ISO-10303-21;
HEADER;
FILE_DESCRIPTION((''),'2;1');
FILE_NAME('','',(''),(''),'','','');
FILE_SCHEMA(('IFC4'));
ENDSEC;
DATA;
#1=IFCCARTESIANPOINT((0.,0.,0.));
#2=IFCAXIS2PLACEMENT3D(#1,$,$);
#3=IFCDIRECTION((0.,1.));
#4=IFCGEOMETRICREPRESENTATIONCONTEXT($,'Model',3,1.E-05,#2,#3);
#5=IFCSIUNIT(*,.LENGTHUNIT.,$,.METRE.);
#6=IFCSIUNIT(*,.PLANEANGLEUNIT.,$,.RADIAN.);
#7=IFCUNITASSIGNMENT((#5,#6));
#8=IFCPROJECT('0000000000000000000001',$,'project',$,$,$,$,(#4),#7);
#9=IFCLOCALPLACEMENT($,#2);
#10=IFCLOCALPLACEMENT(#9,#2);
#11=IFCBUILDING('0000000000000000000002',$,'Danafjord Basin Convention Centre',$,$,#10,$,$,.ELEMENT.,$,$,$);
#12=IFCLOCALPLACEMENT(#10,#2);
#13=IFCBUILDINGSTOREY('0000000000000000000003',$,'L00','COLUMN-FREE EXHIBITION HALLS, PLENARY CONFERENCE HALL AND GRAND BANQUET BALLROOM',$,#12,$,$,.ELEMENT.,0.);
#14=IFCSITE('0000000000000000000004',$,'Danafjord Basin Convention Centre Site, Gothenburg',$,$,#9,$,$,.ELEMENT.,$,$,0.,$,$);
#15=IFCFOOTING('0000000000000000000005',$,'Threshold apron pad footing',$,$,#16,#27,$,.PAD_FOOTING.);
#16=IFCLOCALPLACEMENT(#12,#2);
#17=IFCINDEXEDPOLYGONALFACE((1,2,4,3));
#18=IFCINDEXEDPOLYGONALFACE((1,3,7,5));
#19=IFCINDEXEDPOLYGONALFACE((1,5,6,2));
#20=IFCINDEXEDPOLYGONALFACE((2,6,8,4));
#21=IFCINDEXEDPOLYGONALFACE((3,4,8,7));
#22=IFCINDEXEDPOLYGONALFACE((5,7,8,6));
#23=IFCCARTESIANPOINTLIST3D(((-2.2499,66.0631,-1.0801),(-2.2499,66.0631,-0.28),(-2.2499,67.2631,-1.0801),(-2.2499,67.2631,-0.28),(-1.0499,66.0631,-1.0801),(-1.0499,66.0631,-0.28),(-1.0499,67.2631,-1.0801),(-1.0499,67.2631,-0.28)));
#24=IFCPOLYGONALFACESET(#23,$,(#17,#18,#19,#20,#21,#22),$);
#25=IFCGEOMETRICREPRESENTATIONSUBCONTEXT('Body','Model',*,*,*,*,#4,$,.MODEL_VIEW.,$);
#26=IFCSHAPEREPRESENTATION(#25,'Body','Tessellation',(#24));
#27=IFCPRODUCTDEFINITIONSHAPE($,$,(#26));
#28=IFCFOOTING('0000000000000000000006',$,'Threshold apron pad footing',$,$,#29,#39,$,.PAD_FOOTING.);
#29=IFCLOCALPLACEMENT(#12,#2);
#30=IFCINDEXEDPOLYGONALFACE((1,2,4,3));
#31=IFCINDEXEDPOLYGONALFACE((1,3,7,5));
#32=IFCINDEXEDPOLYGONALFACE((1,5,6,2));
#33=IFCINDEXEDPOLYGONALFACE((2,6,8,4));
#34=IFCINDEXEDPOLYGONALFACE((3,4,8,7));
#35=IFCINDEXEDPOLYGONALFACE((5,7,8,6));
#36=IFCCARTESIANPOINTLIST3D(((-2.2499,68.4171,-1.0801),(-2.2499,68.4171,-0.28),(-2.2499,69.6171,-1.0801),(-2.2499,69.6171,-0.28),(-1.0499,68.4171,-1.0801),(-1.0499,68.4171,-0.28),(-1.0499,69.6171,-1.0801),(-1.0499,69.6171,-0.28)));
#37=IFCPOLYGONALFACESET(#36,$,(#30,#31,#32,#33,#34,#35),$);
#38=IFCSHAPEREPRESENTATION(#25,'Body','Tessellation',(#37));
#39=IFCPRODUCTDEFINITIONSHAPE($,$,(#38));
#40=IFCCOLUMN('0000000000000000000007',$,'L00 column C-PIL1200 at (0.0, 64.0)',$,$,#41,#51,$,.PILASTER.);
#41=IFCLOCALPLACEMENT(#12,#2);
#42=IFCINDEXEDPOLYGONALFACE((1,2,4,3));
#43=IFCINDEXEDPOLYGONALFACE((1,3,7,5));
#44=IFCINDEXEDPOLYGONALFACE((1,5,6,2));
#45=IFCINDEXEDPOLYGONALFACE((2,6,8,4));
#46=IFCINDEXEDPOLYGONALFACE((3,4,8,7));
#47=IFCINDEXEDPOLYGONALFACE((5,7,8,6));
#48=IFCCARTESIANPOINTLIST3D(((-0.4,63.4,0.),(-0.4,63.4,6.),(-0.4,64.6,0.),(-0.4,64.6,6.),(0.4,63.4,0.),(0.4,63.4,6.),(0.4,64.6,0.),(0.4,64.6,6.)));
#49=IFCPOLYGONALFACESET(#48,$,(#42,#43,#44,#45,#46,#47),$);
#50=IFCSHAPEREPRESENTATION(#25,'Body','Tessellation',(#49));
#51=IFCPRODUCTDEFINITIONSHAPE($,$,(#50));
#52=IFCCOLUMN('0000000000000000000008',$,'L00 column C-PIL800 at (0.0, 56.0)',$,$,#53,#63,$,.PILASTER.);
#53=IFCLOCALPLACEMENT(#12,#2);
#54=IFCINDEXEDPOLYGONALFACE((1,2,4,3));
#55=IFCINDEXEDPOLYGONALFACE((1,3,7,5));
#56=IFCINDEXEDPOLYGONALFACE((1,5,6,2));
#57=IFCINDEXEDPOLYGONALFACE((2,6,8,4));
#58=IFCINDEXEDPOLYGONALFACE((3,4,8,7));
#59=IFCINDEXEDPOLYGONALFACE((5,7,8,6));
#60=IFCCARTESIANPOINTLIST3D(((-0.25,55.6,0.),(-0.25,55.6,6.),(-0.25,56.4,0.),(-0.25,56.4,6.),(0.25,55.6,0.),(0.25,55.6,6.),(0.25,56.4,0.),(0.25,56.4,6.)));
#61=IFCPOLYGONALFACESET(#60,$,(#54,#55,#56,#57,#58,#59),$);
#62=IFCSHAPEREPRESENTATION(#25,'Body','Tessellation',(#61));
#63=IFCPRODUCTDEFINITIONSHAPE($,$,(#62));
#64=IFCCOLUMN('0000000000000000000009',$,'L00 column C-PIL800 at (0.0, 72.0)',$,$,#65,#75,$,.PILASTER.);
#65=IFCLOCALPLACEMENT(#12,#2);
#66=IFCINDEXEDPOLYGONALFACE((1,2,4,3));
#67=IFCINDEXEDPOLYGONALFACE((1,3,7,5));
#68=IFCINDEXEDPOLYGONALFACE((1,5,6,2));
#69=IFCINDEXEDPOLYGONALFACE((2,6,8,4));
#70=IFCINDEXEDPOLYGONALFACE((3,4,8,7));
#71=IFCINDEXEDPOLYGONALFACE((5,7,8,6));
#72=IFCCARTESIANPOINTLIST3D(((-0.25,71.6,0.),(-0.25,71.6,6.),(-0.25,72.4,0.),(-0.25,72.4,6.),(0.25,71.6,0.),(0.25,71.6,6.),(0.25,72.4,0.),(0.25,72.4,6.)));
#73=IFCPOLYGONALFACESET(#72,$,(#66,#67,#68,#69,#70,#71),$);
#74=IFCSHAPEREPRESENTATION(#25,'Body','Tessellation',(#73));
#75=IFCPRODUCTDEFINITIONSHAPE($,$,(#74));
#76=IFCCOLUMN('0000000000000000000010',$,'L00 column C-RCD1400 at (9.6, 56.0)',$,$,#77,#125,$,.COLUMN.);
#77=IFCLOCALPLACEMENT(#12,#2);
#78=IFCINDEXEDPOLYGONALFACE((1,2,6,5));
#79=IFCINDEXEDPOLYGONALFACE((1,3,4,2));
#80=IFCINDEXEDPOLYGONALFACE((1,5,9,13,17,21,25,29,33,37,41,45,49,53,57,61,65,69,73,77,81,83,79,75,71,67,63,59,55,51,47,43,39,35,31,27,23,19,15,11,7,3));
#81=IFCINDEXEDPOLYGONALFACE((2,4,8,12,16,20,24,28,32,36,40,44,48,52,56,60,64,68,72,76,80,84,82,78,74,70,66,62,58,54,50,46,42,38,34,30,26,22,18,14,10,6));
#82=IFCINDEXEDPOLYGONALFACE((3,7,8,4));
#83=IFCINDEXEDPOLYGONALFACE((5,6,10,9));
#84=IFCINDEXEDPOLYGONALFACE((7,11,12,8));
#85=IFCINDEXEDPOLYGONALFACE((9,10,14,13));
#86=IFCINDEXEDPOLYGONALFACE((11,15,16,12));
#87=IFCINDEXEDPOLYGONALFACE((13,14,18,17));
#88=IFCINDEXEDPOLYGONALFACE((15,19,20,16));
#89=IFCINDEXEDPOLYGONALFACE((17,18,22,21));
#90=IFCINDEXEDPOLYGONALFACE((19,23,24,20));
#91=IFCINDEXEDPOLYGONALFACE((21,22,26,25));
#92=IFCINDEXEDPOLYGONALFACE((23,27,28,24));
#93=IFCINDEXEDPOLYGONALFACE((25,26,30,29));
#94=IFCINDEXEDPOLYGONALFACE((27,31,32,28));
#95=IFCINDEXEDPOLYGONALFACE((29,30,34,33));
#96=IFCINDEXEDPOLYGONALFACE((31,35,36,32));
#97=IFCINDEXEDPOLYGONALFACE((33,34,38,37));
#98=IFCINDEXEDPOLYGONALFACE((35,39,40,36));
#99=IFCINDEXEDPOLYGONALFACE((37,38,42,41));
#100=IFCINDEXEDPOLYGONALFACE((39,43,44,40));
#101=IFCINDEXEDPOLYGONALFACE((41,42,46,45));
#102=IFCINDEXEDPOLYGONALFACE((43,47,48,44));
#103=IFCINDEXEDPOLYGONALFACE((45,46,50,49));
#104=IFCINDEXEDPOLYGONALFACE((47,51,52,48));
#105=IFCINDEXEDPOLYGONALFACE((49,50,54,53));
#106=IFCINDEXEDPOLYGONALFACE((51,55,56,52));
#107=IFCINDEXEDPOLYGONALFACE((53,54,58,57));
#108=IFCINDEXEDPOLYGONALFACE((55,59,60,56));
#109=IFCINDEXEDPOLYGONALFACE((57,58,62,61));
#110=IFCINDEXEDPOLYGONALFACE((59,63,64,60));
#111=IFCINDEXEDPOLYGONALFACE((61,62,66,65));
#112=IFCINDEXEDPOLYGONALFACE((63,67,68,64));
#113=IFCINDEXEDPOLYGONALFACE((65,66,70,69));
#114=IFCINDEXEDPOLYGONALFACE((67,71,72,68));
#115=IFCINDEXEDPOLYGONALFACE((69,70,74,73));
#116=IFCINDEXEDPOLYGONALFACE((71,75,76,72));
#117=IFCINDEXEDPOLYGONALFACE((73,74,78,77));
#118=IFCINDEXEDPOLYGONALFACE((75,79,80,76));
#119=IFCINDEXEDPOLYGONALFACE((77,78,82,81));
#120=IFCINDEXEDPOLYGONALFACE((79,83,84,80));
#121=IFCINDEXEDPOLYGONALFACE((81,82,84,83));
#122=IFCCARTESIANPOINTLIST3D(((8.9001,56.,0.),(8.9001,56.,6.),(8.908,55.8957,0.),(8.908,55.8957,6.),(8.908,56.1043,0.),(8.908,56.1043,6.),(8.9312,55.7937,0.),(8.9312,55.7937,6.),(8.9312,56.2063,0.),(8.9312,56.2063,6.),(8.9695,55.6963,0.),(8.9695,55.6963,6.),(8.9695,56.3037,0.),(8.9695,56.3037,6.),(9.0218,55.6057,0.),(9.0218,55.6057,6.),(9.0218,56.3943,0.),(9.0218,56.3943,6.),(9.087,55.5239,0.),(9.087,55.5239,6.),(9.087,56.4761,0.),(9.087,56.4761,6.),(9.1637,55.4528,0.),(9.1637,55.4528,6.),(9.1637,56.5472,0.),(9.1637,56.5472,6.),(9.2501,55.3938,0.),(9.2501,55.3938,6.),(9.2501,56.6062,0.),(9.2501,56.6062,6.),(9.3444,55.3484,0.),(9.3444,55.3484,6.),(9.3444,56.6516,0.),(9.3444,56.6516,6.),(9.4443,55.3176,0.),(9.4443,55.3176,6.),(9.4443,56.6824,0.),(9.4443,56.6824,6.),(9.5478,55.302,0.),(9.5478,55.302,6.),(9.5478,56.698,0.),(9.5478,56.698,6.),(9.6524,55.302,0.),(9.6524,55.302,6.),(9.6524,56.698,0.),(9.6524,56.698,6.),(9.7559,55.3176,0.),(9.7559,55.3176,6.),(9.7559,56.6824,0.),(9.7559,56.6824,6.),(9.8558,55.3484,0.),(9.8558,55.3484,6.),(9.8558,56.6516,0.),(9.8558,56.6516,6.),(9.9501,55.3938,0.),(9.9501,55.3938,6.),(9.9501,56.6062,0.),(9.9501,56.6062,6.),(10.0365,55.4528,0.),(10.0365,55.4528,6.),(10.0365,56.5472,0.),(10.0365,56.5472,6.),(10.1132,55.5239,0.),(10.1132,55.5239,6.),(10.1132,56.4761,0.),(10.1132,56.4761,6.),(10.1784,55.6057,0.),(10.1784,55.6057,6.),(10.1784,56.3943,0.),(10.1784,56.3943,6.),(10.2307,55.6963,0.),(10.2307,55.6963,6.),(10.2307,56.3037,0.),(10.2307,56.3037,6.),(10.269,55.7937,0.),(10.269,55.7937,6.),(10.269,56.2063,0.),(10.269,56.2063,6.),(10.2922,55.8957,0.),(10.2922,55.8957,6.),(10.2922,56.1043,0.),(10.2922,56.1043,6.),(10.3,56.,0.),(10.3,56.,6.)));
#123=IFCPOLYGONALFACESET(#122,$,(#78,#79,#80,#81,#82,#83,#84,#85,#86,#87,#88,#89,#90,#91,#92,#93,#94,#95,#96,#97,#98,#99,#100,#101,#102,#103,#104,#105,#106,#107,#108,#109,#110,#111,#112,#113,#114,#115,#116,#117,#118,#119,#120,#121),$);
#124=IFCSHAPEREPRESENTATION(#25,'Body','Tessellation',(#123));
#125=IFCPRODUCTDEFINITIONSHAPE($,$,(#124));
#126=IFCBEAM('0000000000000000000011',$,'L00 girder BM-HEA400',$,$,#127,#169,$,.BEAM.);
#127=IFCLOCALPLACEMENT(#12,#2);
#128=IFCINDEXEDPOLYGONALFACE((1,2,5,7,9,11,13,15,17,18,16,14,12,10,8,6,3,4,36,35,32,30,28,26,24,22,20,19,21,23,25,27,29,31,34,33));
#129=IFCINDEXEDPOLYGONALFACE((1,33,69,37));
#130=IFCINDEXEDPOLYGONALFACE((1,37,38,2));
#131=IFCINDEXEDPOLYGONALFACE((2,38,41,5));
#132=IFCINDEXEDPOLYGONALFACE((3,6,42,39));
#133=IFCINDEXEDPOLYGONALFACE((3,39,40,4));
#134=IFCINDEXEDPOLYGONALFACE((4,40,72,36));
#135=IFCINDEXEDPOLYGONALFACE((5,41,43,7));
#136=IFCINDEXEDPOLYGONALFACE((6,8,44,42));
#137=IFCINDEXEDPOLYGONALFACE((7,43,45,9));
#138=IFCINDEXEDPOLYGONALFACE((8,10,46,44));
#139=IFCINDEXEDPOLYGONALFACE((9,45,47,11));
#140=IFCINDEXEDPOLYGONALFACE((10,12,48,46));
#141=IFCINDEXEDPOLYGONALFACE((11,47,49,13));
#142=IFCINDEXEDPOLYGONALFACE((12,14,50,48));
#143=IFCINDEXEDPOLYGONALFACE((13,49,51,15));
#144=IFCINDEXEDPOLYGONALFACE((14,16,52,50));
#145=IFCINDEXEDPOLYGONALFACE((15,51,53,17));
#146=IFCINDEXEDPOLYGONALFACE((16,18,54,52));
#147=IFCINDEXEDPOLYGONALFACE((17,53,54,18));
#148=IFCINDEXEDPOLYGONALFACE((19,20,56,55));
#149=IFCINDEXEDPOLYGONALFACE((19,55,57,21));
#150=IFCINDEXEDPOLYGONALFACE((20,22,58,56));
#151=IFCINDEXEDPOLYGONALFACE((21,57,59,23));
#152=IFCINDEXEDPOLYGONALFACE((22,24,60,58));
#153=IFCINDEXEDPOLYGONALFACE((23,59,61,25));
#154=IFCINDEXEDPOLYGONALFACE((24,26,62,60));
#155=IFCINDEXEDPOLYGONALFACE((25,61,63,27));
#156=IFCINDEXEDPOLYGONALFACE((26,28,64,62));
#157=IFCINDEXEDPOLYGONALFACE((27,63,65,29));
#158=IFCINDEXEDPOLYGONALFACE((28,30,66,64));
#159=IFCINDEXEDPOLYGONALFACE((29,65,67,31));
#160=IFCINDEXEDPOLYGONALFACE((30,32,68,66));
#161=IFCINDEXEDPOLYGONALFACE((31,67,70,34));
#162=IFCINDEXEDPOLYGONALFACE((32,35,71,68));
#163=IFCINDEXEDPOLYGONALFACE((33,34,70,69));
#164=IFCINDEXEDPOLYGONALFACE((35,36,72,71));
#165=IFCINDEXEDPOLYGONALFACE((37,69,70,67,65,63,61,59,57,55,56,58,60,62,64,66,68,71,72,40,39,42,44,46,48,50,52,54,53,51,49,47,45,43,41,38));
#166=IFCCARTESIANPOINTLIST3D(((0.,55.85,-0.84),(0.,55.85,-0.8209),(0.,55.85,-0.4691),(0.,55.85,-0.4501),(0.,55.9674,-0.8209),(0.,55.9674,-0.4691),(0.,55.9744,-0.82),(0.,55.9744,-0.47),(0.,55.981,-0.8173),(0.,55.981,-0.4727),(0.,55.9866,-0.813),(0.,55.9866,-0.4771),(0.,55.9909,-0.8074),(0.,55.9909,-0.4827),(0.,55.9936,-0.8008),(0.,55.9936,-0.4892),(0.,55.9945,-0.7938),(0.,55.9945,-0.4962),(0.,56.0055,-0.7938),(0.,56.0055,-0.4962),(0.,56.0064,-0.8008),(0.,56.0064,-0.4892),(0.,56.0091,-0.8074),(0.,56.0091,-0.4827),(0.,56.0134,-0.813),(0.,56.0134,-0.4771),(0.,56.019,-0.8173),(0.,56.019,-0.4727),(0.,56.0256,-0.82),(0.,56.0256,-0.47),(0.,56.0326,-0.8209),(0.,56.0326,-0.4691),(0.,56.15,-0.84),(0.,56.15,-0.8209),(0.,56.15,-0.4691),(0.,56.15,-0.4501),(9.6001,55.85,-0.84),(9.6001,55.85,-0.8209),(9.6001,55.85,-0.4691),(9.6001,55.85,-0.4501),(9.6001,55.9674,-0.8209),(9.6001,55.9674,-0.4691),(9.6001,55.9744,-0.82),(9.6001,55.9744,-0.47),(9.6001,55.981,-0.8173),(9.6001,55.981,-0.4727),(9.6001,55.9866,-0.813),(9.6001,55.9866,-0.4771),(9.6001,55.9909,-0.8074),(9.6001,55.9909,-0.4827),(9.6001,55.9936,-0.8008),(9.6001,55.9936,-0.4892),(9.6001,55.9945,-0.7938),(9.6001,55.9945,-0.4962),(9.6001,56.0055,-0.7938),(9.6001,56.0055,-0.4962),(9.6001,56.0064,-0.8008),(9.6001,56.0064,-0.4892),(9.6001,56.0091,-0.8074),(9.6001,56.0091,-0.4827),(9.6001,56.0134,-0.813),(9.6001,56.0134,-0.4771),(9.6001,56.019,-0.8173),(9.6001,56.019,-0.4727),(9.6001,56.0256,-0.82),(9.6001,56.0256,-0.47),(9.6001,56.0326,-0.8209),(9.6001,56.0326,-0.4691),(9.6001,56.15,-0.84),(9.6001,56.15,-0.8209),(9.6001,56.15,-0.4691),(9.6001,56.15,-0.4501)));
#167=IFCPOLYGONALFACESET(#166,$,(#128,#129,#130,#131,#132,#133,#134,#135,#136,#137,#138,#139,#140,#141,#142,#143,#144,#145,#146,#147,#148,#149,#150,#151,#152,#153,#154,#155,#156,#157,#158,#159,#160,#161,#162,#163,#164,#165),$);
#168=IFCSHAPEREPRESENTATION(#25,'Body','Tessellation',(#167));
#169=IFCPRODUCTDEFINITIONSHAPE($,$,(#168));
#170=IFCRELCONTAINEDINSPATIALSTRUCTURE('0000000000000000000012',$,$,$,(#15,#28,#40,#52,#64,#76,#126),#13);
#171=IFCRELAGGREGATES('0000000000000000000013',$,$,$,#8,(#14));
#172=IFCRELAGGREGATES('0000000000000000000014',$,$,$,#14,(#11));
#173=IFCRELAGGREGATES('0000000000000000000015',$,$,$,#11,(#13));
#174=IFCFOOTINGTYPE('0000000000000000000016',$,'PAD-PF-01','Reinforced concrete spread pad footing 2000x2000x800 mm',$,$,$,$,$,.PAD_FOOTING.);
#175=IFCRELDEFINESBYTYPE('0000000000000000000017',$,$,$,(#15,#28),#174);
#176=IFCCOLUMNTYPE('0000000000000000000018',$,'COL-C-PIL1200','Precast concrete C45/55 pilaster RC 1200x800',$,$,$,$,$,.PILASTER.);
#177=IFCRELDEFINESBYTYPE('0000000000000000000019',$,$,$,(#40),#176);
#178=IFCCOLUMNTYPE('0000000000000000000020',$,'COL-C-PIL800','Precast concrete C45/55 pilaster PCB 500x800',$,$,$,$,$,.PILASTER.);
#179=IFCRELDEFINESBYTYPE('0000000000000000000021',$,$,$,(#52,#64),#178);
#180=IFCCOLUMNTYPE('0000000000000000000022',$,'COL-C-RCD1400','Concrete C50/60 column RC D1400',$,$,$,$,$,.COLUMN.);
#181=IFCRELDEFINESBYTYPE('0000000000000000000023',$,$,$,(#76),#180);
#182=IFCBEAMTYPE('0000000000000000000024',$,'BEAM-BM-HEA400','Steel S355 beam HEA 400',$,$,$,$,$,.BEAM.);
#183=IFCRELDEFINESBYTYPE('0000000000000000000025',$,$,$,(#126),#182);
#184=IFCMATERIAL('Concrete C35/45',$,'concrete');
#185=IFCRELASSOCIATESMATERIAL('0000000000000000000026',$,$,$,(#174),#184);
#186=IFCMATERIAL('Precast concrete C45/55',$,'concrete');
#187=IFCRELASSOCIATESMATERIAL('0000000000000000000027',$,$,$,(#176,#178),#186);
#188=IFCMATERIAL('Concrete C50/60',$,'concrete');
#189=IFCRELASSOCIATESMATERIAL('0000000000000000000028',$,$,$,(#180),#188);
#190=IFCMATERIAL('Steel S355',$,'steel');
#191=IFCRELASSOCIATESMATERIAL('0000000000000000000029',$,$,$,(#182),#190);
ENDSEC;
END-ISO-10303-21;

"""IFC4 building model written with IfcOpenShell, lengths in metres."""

from ifc_helpers import new_model, si_unit, direction, frame, origin, origin_2d, place, context, subcontext, project, spatial, rectangle, circle, i_section, extrude, material, material_profile, profile_set, type_object, element, save


model = new_model("IFC4")

# Units and contexts
model_context = context("Model", 3, precision=1e-05, world=origin(), true_north=direction((0.0, 1.0)))
body_context = subcontext(model_context, "Body", "Model", "MODEL_VIEW")
ifc_project = project(units=[si_unit("LENGTHUNIT", "METRE"), si_unit("PLANEANGLEUNIT", "RADIAN")], contexts=[model_context])

# Site, building, storey
site_placement = place(None, origin())
site = spatial("IfcSite", under=ifc_project, at=site_placement, Name="Danafjord Basin Convention Centre Site, Gothenburg", CompositionType="ELEMENT", RefElevation=0.0)
building_placement = place(site_placement, origin())
building = spatial("IfcBuilding", under=site, at=building_placement, Name="Danafjord Basin Convention Centre", CompositionType="ELEMENT")
storey_placement = place(building_placement, origin())
storey = spatial("IfcBuildingStorey", under=building, at=storey_placement, Name="L00", Description="COLUMN-FREE EXHIBITION HALLS, PLENARY CONFERENCE HALL AND GRAND BANQUET BALLROOM", CompositionType="ELEMENT", Elevation=0.0)

# Footings
ifc_material_1 = material(Name="Concrete C35/45", Category="concrete")
footing_type = type_object("IfcFootingType", Name="PAD-PF-01", Description="Reinforced concrete spread pad footing 2000x2000x800 mm", PredefinedType="PAD_FOOTING", material=ifc_material_1)
for number, where, z_axis, x_axis, name in (
    (1, (-1.6499, 66.6631, -1.0801), (0.0, 0.0, 1.0), (1.0, 0.0, 0.0), "Threshold apron pad footing"),
    (2, (-1.6499, 69.0171, -1.0801), (0.0, 0.0, 1.0), (1.0, 0.0, 0.0), "Threshold apron pad footing"),
):
    element("IfcFooting", number, at=place(storey_placement, frame(where, z_axis=z_axis, x_axis=x_axis)), inside=storey, type_object=footing_type, Name=name, PredefinedType="PAD_FOOTING", context=body_context, shape_type="SweptSolid", body=[
        extrude(rectangle(XDim=1.2, YDim=1.2, at=origin_2d()), origin(), (0.0, 0.0, 1.0), 0.8),
    ])

# Columns
ifc_material_2 = material(Name="Precast concrete C45/55", Category="concrete")
ifc_material_profile_1 = material_profile(ifc_material_2, rectangle(XDim=0.8, YDim=1.2, at=origin_2d()), Name="RC 1200x800")
ifc_profile_set_1 = profile_set([ifc_material_profile_1], Name="Precast concrete C45/55")
column_type_1 = type_object("IfcColumnType", Name="COL-C-PIL1200", Description="Precast concrete C45/55 pilaster RC 1200x800", PredefinedType="PILASTER", material=ifc_profile_set_1)
column_1_placement = place(storey_placement, frame((0.0, 64.0, 0.0), z_axis=(0.0, 0.0, 1.0), x_axis=(1.0, 0.0, 0.0)))
element("IfcColumn", 3, at=column_1_placement, inside=storey, type_object=column_type_1, Name="L00 column C-PIL1200 at (0.0, 64.0)", PredefinedType="PILASTER", context=body_context, shape_type="SweptSolid", body=[
    extrude(rectangle(XDim=0.8, YDim=1.2, at=origin_2d()), origin(), (0.0, 0.0, 1.0), 6.0),
])
ifc_material_profile_2 = material_profile(ifc_material_2, rectangle(XDim=0.5, YDim=0.8, at=origin_2d()), Name="PCB 500x800")
ifc_profile_set_2 = profile_set([ifc_material_profile_2], Name="Precast concrete C45/55")
column_type_2 = type_object("IfcColumnType", Name="COL-C-PIL800", Description="Precast concrete C45/55 pilaster PCB 500x800", PredefinedType="PILASTER", material=ifc_profile_set_2)
for number, where, z_axis, x_axis, name in (
    (4, (0.0, 56.0, 0.0), (0.0, 0.0, 1.0), (1.0, 0.0, 0.0), "L00 column C-PIL800 at (0.0, 56.0)"),
    (5, (0.0, 72.0, 0.0), (0.0, 0.0, 1.0), (1.0, 0.0, 0.0), "L00 column C-PIL800 at (0.0, 72.0)"),
):
    element("IfcColumn", number, at=place(storey_placement, frame(where, z_axis=z_axis, x_axis=x_axis)), inside=storey, type_object=column_type_2, Name=name, PredefinedType="PILASTER", context=body_context, shape_type="SweptSolid", body=[
        extrude(rectangle(XDim=0.5, YDim=0.8, at=origin_2d()), origin(), (0.0, 0.0, 1.0), 6.0),
    ])
ifc_material_3 = material(Name="Concrete C50/60", Category="concrete")
ifc_material_profile_3 = material_profile(ifc_material_3, circle(Radius=0.7, at=origin_2d()), Name="RC D1400")
ifc_profile_set_3 = profile_set([ifc_material_profile_3], Name="Concrete C50/60")
column_type_3 = type_object("IfcColumnType", Name="COL-C-RCD1400", Description="Concrete C50/60 column RC D1400", PredefinedType="COLUMN", material=ifc_profile_set_3)
column_2_placement = place(storey_placement, frame((9.6001, 56.0, 0.0), z_axis=(0.0, 0.0, 1.0), x_axis=(1.0, 0.0, 0.0)))
element("IfcColumn", 6, at=column_2_placement, inside=storey, type_object=column_type_3, Name="L00 column C-RCD1400 at (9.6, 56.0)", PredefinedType="COLUMN", context=body_context, shape_type="SweptSolid", body=[
    extrude(circle(Radius=0.7, at=origin_2d()), origin(), (0.0, 0.0, 1.0), 6.0),
])

# Beam
ifc_material_4 = material(Name="Steel S355", Category="steel")
ifc_material_profile_4 = material_profile(ifc_material_4, i_section(OverallWidth=0.3, OverallDepth=0.3899, WebThickness=0.011, FlangeThickness=0.019, FilletRadius=0.0271, at=origin_2d()), Name="HEA 400")
ifc_profile_set_4 = profile_set([ifc_material_profile_4], Name="Steel S355")
beam_type_1 = type_object("IfcBeamType", Name="BEAM-BM-HEA400", Description="Steel S355 beam HEA 400", PredefinedType="BEAM", material=ifc_profile_set_4)
beam_1_placement = place(storey_placement, frame((0.0, 56.0, -0.645), z_axis=(1.0, 0.0, 0.0), x_axis=(0.0, 1.0, 0.0)))
element("IfcBeam", 7, at=beam_1_placement, inside=storey, type_object=beam_type_1, Name="L00 girder BM-HEA400", PredefinedType="BEAM", context=body_context, shape_type="SweptSolid", body=[
    extrude(i_section(OverallWidth=0.3, OverallDepth=0.3899, WebThickness=0.011, FlangeThickness=0.019, FilletRadius=0.0271, at=origin_2d()), origin(), (0.0, 0.0, 1.0), 9.6001),
])

save(model, "model.ifc")
